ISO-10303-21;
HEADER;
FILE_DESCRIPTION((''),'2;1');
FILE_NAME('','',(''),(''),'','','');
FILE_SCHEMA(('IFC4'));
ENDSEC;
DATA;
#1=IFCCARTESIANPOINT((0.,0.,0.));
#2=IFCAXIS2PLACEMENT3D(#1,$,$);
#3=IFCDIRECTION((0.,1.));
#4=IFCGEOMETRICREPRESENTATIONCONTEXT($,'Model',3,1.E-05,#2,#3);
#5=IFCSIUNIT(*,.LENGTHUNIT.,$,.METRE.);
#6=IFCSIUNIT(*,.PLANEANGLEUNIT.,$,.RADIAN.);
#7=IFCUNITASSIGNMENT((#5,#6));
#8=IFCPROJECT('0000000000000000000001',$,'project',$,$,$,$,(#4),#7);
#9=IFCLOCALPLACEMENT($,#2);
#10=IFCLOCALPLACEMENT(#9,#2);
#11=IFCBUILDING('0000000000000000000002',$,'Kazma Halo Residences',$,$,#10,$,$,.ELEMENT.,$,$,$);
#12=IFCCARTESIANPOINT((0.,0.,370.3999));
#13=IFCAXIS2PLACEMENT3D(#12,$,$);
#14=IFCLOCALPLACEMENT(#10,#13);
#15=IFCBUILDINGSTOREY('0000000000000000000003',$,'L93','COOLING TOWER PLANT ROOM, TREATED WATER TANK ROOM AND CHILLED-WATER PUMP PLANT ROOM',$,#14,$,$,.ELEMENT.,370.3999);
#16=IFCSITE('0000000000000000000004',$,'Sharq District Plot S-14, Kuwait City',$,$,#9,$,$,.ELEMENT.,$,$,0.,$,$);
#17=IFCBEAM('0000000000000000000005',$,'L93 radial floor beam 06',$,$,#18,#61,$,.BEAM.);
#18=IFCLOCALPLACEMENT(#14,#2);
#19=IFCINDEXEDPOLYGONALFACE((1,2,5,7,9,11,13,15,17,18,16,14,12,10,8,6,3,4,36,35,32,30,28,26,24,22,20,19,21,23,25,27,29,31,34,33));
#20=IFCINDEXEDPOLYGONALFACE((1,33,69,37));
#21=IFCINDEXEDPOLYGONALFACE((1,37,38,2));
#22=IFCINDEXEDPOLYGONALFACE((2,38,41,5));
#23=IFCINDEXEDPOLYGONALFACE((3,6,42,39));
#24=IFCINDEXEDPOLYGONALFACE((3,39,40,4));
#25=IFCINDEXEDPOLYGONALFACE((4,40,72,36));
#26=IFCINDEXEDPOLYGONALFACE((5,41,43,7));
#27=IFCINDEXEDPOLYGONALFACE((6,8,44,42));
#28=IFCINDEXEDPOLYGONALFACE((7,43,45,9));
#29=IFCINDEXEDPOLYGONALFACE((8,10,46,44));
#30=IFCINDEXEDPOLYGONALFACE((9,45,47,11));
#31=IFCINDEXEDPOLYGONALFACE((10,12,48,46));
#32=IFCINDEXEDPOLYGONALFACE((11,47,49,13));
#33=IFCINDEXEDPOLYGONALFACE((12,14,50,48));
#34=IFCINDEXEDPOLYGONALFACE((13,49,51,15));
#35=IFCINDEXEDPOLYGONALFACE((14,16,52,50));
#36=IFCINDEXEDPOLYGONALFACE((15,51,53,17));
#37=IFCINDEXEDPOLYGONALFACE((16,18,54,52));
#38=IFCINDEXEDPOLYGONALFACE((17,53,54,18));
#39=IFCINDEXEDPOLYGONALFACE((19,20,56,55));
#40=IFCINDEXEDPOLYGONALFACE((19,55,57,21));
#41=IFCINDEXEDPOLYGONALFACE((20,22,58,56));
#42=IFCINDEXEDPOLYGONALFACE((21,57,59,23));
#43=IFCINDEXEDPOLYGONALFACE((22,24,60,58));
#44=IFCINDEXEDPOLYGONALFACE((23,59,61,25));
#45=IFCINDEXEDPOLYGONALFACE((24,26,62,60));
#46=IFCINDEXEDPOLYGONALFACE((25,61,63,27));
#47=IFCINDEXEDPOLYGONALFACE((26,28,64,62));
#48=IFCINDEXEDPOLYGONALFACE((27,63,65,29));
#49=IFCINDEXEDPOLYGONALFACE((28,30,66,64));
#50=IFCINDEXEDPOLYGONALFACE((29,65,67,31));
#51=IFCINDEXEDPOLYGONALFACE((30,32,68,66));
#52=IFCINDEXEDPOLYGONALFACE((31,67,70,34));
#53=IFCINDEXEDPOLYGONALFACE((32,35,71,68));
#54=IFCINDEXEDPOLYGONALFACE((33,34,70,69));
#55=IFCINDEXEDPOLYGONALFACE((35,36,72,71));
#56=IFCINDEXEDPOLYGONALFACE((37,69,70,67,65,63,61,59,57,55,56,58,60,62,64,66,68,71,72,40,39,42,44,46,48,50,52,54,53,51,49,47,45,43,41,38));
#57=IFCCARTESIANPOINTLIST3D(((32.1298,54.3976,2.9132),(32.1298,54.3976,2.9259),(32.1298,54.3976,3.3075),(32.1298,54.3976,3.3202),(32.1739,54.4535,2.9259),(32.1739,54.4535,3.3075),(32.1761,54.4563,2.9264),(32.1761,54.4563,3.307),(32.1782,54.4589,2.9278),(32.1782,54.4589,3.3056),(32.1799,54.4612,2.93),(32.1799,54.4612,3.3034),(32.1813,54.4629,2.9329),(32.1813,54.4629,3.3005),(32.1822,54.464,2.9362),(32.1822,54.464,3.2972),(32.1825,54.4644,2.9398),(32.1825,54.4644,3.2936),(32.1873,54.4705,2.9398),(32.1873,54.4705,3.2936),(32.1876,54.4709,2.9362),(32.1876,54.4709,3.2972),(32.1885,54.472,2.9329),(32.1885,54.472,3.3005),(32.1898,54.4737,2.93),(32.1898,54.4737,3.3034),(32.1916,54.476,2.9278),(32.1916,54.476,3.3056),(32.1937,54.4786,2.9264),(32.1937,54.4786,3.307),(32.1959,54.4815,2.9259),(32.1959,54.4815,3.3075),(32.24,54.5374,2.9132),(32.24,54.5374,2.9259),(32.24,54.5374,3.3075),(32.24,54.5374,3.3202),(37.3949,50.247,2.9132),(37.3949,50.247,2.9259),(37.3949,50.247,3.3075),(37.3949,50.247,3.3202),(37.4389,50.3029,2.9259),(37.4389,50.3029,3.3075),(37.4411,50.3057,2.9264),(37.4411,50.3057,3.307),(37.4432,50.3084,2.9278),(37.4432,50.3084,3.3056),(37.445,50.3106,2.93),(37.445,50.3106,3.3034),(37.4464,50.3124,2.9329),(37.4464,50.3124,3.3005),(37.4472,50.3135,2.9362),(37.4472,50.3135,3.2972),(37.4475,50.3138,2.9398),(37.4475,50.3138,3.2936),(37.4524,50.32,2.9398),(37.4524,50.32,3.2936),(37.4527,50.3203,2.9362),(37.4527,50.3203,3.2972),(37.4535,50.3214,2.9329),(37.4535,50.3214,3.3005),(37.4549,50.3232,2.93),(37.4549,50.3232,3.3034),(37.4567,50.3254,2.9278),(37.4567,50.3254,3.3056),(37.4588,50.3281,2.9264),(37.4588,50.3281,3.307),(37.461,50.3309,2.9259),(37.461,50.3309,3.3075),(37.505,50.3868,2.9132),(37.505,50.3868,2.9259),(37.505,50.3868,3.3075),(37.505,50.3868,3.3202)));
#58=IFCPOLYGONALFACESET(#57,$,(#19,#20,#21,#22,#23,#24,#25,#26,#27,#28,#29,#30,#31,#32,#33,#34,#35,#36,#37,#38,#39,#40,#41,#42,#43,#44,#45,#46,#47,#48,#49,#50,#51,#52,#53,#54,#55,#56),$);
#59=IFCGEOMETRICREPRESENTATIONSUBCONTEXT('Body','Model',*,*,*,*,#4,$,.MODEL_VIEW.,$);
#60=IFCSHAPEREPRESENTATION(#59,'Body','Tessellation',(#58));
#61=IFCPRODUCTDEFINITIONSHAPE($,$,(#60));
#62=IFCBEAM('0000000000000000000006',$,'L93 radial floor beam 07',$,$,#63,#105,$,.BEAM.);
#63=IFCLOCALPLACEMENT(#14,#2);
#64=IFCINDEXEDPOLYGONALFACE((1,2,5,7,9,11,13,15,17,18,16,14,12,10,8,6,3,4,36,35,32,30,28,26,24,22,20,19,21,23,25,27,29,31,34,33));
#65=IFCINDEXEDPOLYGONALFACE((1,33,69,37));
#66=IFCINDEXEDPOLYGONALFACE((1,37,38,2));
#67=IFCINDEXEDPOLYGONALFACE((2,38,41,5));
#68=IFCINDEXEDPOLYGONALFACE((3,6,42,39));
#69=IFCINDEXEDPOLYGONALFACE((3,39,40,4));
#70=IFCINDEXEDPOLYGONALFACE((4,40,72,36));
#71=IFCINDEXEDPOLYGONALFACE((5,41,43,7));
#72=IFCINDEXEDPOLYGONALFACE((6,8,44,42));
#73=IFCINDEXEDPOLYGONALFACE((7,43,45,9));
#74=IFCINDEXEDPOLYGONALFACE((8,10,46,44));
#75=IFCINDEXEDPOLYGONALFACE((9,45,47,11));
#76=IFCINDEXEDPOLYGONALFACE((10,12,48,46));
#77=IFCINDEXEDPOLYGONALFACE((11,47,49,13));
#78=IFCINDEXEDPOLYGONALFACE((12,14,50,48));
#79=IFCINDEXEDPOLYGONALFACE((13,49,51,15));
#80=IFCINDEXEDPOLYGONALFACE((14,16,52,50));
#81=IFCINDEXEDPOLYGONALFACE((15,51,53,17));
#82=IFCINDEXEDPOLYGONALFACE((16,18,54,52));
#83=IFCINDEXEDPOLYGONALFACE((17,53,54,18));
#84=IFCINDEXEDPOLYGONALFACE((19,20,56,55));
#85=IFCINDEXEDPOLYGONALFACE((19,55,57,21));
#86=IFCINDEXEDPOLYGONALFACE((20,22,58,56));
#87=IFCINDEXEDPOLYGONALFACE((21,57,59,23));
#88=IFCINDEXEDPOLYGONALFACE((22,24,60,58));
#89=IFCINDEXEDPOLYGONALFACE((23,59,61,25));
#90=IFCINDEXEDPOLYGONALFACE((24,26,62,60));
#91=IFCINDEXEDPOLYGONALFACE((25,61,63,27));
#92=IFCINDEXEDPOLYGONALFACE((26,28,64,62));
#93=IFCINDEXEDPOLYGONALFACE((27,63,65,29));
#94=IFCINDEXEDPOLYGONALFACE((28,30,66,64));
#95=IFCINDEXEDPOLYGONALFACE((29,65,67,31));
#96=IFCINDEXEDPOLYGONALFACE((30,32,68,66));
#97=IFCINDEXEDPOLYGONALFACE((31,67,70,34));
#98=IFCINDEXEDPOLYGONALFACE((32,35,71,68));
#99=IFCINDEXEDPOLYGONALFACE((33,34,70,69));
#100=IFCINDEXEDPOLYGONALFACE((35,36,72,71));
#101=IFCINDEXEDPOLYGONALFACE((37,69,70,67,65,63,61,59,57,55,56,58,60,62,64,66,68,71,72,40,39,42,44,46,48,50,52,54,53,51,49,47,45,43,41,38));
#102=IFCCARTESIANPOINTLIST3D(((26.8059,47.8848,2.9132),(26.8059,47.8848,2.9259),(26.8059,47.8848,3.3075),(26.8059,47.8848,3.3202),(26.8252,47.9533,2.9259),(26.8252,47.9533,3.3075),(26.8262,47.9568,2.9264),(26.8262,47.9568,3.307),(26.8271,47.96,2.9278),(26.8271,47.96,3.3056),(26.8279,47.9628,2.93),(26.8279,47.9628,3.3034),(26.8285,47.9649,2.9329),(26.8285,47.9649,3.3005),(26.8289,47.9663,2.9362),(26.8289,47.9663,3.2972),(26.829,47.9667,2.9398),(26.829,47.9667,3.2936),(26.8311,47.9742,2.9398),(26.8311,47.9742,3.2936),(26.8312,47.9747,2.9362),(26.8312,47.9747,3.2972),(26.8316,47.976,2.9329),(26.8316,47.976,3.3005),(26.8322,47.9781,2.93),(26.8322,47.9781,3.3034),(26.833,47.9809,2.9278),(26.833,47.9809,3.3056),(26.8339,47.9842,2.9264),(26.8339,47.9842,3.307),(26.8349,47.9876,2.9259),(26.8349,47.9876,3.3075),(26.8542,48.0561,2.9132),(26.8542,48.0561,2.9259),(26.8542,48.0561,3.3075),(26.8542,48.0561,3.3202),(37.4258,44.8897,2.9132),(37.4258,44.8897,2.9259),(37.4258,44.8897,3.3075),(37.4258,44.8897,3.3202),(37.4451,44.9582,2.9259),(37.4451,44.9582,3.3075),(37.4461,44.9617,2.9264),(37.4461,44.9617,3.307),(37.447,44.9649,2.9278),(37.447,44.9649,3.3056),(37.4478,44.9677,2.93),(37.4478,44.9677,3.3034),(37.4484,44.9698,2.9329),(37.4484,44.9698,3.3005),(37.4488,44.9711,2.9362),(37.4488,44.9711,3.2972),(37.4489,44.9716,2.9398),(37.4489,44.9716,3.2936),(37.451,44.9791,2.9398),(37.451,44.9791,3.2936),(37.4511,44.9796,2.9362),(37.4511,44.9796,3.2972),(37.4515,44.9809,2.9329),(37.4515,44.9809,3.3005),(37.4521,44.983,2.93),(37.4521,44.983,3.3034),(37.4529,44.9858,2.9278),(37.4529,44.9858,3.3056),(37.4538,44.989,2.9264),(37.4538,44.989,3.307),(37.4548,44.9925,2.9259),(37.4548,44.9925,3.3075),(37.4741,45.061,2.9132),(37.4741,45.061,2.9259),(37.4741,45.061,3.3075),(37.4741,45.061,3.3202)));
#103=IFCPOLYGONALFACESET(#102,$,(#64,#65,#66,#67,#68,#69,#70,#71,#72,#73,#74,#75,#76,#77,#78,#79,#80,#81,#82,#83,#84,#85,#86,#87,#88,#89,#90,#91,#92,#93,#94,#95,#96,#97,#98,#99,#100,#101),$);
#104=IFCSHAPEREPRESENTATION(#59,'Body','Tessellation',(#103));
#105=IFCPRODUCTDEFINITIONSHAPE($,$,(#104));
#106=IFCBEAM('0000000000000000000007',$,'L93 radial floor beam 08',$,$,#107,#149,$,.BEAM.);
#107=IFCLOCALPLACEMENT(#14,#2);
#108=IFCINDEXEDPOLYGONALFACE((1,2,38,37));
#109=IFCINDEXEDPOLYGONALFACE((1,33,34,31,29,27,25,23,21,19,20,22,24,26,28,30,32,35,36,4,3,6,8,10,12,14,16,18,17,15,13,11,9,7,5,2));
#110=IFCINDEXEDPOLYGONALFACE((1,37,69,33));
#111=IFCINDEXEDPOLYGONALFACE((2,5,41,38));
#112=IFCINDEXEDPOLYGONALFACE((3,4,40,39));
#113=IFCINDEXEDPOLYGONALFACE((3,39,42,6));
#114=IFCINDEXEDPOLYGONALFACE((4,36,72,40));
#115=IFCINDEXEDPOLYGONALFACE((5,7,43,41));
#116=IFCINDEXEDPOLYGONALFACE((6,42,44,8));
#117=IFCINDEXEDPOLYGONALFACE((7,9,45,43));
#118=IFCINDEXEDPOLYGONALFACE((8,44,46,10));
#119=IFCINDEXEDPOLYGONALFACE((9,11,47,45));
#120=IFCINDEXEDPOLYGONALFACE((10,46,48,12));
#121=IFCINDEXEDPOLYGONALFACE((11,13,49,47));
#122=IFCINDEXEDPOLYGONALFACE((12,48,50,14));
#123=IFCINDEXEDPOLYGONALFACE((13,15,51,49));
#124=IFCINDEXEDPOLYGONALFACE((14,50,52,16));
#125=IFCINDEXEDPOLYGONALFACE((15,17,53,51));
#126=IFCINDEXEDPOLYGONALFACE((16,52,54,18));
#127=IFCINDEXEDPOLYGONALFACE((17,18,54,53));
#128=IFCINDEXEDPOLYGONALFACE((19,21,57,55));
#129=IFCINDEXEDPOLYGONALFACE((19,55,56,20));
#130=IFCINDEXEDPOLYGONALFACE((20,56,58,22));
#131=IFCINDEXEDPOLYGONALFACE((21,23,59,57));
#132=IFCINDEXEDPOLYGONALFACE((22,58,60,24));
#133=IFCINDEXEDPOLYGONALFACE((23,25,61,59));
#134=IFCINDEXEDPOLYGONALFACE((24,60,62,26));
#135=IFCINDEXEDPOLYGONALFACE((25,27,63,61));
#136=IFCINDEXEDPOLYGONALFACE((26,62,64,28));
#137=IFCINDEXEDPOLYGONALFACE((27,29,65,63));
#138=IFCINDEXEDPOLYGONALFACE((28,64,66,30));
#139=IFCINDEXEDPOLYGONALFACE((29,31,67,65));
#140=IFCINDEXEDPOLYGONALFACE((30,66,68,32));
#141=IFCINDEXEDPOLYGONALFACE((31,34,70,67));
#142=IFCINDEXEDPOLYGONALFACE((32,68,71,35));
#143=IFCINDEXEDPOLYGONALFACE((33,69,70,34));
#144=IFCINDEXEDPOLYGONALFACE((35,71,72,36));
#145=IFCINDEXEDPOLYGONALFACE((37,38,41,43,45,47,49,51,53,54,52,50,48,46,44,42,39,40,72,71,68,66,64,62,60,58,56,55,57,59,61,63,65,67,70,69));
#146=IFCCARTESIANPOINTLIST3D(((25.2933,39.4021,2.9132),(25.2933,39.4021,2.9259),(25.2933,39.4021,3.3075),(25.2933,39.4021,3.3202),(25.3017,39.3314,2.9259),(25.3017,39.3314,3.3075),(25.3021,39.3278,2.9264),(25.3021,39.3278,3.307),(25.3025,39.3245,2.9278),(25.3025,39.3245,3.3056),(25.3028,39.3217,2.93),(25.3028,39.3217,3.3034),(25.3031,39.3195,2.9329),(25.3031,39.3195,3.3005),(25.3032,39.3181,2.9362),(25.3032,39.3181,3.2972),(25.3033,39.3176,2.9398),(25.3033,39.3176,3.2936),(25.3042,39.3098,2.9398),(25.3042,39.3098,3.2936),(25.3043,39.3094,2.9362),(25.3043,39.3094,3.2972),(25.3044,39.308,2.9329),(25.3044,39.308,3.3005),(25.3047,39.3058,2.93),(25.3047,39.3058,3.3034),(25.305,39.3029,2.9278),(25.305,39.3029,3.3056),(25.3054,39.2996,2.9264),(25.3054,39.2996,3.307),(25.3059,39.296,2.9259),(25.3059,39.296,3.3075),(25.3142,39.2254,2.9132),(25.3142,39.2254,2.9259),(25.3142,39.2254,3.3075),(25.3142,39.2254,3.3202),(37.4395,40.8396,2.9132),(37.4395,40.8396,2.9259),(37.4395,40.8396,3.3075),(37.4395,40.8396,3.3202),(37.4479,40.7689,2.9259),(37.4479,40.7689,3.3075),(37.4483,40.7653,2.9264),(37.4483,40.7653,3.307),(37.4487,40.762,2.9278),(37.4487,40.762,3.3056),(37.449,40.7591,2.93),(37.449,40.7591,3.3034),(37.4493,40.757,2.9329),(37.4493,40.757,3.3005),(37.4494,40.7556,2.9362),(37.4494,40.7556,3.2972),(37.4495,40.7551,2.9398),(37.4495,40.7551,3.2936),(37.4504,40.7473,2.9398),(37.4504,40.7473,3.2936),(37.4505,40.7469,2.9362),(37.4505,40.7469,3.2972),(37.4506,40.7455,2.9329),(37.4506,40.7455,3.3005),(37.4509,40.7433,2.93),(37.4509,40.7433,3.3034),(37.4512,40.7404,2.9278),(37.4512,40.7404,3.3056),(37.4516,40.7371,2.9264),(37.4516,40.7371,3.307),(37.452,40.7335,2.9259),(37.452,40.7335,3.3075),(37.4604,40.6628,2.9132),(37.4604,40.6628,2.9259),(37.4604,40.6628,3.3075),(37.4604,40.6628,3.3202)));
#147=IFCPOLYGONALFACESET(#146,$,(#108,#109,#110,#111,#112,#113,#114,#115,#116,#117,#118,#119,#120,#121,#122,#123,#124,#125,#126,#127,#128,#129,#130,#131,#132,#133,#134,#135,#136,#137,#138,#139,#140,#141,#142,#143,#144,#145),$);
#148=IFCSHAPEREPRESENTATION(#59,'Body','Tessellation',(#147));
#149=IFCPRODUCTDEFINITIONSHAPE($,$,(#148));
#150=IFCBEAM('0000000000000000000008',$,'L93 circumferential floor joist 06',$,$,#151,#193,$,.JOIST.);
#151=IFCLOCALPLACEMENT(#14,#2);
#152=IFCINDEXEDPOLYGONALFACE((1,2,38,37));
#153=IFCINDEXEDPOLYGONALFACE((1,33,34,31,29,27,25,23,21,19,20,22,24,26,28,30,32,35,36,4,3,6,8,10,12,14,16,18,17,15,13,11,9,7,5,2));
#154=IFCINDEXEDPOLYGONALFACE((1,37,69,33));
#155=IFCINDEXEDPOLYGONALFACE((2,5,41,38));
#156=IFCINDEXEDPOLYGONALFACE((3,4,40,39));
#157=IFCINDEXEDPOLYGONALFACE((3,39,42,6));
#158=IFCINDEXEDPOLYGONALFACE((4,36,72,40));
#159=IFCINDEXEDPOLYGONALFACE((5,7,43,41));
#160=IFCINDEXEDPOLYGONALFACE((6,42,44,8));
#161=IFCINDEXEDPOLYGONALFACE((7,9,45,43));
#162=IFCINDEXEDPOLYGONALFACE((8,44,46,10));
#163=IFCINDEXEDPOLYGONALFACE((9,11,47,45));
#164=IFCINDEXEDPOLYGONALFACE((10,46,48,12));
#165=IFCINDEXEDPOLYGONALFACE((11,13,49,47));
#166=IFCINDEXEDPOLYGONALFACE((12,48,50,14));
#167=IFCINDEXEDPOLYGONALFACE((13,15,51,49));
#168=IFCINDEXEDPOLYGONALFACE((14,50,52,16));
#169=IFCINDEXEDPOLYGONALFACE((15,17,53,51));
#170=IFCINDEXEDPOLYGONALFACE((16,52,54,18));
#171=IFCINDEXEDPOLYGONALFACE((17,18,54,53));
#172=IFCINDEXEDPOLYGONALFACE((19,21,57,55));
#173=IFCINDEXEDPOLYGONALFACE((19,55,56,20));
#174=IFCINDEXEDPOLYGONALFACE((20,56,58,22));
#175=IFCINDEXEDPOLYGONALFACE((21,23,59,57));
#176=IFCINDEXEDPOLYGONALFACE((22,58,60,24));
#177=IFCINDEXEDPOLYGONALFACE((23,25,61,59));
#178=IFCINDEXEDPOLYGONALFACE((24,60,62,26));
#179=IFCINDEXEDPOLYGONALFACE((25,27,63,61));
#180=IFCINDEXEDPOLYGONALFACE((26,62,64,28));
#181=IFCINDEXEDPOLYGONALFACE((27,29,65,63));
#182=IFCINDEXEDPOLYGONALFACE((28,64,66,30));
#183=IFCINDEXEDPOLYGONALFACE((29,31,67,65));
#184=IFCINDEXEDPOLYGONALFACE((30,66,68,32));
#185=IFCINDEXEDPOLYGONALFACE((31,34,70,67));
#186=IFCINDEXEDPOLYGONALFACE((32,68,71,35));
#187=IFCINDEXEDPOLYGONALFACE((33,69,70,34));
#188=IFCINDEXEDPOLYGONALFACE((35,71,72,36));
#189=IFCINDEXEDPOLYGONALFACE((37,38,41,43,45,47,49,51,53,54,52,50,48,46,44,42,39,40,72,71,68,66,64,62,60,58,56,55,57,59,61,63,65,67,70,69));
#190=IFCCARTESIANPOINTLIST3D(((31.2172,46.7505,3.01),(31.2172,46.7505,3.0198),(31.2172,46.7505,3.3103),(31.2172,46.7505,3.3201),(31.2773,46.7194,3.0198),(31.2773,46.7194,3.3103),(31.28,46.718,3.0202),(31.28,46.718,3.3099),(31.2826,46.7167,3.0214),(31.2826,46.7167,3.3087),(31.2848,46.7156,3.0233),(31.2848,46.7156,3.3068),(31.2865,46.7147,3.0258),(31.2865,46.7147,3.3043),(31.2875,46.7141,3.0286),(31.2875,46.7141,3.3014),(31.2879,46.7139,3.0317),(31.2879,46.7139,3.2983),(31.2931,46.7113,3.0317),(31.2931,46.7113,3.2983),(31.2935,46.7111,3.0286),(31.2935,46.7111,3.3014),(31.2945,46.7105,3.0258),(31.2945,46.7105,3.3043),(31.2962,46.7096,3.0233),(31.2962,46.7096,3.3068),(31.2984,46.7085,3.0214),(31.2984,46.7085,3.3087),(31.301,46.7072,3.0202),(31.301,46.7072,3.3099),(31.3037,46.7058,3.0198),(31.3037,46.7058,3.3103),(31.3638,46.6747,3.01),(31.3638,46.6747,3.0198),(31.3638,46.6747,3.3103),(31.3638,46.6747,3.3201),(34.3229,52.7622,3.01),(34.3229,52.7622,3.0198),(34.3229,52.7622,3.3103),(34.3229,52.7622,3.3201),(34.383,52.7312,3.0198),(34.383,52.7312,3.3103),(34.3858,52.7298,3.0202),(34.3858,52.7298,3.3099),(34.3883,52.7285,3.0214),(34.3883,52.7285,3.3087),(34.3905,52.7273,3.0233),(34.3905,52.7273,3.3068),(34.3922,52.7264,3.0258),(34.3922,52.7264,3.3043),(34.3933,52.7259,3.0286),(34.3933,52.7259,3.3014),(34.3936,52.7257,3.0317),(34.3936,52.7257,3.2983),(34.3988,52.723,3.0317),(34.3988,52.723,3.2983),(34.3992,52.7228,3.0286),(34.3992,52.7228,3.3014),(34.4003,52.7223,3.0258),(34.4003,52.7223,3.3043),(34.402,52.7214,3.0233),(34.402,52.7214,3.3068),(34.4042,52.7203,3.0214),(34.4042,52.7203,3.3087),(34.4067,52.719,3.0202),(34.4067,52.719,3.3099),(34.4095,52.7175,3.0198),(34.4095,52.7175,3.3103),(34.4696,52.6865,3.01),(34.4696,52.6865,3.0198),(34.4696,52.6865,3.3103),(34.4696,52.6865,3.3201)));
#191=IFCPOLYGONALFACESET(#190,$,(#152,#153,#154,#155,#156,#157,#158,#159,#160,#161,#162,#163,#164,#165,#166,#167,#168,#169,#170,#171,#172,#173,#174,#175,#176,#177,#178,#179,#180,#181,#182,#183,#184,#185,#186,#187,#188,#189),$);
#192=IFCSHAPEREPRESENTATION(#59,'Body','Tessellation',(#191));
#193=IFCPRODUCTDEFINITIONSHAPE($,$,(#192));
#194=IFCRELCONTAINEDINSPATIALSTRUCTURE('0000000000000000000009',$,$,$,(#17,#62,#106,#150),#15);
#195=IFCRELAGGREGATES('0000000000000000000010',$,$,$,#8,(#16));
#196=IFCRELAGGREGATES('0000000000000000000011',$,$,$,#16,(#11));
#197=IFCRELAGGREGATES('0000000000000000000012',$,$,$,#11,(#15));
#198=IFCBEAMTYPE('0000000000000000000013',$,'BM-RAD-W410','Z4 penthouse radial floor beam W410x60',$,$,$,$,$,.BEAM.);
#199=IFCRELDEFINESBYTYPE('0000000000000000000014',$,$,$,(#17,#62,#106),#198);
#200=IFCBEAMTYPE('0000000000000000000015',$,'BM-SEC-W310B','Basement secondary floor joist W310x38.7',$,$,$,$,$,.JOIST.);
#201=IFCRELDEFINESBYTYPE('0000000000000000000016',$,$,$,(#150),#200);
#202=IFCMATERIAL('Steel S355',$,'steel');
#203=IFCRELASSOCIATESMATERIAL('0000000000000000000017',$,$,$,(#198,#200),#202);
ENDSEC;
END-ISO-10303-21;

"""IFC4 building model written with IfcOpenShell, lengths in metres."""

from ifc_helpers import new_model, si_unit, direction, frame, origin, origin_2d, place, context, subcontext, project, spatial, i_section, extrude, material, material_profile, profile_set, type_object, element, save


model = new_model("IFC4")

# Units and contexts
model_context = context("Model", 3, precision=1e-05, world=origin(), true_north=direction((0.0, 1.0)))
body_context = subcontext(model_context, "Body", "Model", "MODEL_VIEW")
ifc_project = project(units=[si_unit("LENGTHUNIT", "METRE"), si_unit("PLANEANGLEUNIT", "RADIAN")], contexts=[model_context])

# Site, building, storey
site_placement = place(None, origin())
site = spatial("IfcSite", under=ifc_project, at=site_placement, Name="Sharq District Plot S-14, Kuwait City", CompositionType="ELEMENT", RefElevation=0.0)
building_placement = place(site_placement, origin())
building = spatial("IfcBuilding", under=site, at=building_placement, Name="Kazma Halo Residences", CompositionType="ELEMENT")
storey_placement = place(building_placement, frame((0.0, 0.0, 370.3999)))
storey = spatial("IfcBuildingStorey", under=building, at=storey_placement, Name="L93", Description="COOLING TOWER PLANT ROOM, TREATED WATER TANK ROOM AND CHILLED-WATER PUMP PLANT ROOM", CompositionType="ELEMENT", Elevation=370.3999)

# Shared definitions
ifc_material_1 = material(Name="Steel S355", Category="steel")

# Beams
ifc_material_profile_1 = material_profile(ifc_material_1, i_section(OverallWidth=0.178, OverallDepth=0.407, WebThickness=0.0078, FlangeThickness=0.0127, FilletRadius=0.0139, at=origin_2d()), Name="W410x60")
ifc_profile_set_1 = profile_set([ifc_material_profile_1], Name="Steel S355")
beam_type_1 = type_object("IfcBeamType", Name="BM-RAD-W410", Description="Z4 penthouse radial floor beam W410x60", PredefinedType="BEAM", material=ifc_profile_set_1)
beam_1_placement = place(storey_placement, frame((37.45, 50.3169, 3.1167), z_axis=(-0.785322, 0.619088, 0.0), x_axis=(-0.619088, -0.785322, 0.0)))
element("IfcBeam", 1, at=beam_1_placement, inside=storey, type_object=beam_type_1, Name="L93 radial floor beam 06", PredefinedType="BEAM", context=body_context, shape_type="SweptSolid", body=[
    extrude(i_section(OverallWidth=0.178, OverallDepth=0.407, WebThickness=0.0078, FlangeThickness=0.0127, FilletRadius=0.0139, at=origin_2d()), origin(), (0.0, 0.0, 1.0), 6.7043),
])
beam_2_placement = place(storey_placement, frame((37.45, 44.9753, 3.1167), z_axis=(-0.962455, 0.271441, 0.0), x_axis=(-0.271441, -0.962455, 0.0)))
element("IfcBeam", 2, at=beam_2_placement, inside=storey, type_object=beam_type_1, Name="L93 radial floor beam 07", PredefinedType="BEAM", context=body_context, shape_type="SweptSolid", body=[
    extrude(i_section(OverallWidth=0.178, OverallDepth=0.407, WebThickness=0.0078, FlangeThickness=0.0127, FilletRadius=0.0139, at=origin_2d()), origin(), (0.0, 0.0, 1.0), 11.0342),
])
beam_3_placement = place(storey_placement, frame((37.45, 40.7512, 3.1167), z_axis=(-0.993069, -0.117529, 0.0), x_axis=(0.117529, -0.993069, 0.0)))
element("IfcBeam", 3, at=beam_3_placement, inside=storey, type_object=beam_type_1, Name="L93 radial floor beam 08", PredefinedType="BEAM", context=body_context, shape_type="SweptSolid", body=[
    extrude(i_section(OverallWidth=0.178, OverallDepth=0.407, WebThickness=0.0078, FlangeThickness=0.0127, FilletRadius=0.0139, at=origin_2d()), origin(), (0.0, 0.0, 1.0), 12.231),
])
ifc_material_profile_2 = material_profile(ifc_material_1, i_section(OverallWidth=0.165, OverallDepth=0.3101, WebThickness=0.0059, FlangeThickness=0.0098, FilletRadius=0.012, at=origin_2d()), Name="W310x38.7")
ifc_profile_set_2 = profile_set([ifc_material_profile_2], Name="Steel S355")
beam_type_2 = type_object("IfcBeamType", Name="BM-SEC-W310B", Description="Basement secondary floor joist W310x38.7", PredefinedType="JOIST", material=ifc_profile_set_2)
beam_4_placement = place(storey_placement, frame((34.3962, 52.7244, 3.165), z_axis=(-0.45898, -0.888447, 0.0), x_axis=(0.888447, -0.45898, 0.0)))
element("IfcBeam", 4, at=beam_4_placement, inside=storey, type_object=beam_type_2, Name="L93 circumferential floor joist 06", PredefinedType="JOIST", context=body_context, shape_type="SweptSolid", body=[
    extrude(i_section(OverallWidth=0.165, OverallDepth=0.3101, WebThickness=0.0059, FlangeThickness=0.0098, FilletRadius=0.012, at=origin_2d()), origin(), (0.0, 0.0, 1.0), 6.7666),
])

save(model, "model.ifc")
